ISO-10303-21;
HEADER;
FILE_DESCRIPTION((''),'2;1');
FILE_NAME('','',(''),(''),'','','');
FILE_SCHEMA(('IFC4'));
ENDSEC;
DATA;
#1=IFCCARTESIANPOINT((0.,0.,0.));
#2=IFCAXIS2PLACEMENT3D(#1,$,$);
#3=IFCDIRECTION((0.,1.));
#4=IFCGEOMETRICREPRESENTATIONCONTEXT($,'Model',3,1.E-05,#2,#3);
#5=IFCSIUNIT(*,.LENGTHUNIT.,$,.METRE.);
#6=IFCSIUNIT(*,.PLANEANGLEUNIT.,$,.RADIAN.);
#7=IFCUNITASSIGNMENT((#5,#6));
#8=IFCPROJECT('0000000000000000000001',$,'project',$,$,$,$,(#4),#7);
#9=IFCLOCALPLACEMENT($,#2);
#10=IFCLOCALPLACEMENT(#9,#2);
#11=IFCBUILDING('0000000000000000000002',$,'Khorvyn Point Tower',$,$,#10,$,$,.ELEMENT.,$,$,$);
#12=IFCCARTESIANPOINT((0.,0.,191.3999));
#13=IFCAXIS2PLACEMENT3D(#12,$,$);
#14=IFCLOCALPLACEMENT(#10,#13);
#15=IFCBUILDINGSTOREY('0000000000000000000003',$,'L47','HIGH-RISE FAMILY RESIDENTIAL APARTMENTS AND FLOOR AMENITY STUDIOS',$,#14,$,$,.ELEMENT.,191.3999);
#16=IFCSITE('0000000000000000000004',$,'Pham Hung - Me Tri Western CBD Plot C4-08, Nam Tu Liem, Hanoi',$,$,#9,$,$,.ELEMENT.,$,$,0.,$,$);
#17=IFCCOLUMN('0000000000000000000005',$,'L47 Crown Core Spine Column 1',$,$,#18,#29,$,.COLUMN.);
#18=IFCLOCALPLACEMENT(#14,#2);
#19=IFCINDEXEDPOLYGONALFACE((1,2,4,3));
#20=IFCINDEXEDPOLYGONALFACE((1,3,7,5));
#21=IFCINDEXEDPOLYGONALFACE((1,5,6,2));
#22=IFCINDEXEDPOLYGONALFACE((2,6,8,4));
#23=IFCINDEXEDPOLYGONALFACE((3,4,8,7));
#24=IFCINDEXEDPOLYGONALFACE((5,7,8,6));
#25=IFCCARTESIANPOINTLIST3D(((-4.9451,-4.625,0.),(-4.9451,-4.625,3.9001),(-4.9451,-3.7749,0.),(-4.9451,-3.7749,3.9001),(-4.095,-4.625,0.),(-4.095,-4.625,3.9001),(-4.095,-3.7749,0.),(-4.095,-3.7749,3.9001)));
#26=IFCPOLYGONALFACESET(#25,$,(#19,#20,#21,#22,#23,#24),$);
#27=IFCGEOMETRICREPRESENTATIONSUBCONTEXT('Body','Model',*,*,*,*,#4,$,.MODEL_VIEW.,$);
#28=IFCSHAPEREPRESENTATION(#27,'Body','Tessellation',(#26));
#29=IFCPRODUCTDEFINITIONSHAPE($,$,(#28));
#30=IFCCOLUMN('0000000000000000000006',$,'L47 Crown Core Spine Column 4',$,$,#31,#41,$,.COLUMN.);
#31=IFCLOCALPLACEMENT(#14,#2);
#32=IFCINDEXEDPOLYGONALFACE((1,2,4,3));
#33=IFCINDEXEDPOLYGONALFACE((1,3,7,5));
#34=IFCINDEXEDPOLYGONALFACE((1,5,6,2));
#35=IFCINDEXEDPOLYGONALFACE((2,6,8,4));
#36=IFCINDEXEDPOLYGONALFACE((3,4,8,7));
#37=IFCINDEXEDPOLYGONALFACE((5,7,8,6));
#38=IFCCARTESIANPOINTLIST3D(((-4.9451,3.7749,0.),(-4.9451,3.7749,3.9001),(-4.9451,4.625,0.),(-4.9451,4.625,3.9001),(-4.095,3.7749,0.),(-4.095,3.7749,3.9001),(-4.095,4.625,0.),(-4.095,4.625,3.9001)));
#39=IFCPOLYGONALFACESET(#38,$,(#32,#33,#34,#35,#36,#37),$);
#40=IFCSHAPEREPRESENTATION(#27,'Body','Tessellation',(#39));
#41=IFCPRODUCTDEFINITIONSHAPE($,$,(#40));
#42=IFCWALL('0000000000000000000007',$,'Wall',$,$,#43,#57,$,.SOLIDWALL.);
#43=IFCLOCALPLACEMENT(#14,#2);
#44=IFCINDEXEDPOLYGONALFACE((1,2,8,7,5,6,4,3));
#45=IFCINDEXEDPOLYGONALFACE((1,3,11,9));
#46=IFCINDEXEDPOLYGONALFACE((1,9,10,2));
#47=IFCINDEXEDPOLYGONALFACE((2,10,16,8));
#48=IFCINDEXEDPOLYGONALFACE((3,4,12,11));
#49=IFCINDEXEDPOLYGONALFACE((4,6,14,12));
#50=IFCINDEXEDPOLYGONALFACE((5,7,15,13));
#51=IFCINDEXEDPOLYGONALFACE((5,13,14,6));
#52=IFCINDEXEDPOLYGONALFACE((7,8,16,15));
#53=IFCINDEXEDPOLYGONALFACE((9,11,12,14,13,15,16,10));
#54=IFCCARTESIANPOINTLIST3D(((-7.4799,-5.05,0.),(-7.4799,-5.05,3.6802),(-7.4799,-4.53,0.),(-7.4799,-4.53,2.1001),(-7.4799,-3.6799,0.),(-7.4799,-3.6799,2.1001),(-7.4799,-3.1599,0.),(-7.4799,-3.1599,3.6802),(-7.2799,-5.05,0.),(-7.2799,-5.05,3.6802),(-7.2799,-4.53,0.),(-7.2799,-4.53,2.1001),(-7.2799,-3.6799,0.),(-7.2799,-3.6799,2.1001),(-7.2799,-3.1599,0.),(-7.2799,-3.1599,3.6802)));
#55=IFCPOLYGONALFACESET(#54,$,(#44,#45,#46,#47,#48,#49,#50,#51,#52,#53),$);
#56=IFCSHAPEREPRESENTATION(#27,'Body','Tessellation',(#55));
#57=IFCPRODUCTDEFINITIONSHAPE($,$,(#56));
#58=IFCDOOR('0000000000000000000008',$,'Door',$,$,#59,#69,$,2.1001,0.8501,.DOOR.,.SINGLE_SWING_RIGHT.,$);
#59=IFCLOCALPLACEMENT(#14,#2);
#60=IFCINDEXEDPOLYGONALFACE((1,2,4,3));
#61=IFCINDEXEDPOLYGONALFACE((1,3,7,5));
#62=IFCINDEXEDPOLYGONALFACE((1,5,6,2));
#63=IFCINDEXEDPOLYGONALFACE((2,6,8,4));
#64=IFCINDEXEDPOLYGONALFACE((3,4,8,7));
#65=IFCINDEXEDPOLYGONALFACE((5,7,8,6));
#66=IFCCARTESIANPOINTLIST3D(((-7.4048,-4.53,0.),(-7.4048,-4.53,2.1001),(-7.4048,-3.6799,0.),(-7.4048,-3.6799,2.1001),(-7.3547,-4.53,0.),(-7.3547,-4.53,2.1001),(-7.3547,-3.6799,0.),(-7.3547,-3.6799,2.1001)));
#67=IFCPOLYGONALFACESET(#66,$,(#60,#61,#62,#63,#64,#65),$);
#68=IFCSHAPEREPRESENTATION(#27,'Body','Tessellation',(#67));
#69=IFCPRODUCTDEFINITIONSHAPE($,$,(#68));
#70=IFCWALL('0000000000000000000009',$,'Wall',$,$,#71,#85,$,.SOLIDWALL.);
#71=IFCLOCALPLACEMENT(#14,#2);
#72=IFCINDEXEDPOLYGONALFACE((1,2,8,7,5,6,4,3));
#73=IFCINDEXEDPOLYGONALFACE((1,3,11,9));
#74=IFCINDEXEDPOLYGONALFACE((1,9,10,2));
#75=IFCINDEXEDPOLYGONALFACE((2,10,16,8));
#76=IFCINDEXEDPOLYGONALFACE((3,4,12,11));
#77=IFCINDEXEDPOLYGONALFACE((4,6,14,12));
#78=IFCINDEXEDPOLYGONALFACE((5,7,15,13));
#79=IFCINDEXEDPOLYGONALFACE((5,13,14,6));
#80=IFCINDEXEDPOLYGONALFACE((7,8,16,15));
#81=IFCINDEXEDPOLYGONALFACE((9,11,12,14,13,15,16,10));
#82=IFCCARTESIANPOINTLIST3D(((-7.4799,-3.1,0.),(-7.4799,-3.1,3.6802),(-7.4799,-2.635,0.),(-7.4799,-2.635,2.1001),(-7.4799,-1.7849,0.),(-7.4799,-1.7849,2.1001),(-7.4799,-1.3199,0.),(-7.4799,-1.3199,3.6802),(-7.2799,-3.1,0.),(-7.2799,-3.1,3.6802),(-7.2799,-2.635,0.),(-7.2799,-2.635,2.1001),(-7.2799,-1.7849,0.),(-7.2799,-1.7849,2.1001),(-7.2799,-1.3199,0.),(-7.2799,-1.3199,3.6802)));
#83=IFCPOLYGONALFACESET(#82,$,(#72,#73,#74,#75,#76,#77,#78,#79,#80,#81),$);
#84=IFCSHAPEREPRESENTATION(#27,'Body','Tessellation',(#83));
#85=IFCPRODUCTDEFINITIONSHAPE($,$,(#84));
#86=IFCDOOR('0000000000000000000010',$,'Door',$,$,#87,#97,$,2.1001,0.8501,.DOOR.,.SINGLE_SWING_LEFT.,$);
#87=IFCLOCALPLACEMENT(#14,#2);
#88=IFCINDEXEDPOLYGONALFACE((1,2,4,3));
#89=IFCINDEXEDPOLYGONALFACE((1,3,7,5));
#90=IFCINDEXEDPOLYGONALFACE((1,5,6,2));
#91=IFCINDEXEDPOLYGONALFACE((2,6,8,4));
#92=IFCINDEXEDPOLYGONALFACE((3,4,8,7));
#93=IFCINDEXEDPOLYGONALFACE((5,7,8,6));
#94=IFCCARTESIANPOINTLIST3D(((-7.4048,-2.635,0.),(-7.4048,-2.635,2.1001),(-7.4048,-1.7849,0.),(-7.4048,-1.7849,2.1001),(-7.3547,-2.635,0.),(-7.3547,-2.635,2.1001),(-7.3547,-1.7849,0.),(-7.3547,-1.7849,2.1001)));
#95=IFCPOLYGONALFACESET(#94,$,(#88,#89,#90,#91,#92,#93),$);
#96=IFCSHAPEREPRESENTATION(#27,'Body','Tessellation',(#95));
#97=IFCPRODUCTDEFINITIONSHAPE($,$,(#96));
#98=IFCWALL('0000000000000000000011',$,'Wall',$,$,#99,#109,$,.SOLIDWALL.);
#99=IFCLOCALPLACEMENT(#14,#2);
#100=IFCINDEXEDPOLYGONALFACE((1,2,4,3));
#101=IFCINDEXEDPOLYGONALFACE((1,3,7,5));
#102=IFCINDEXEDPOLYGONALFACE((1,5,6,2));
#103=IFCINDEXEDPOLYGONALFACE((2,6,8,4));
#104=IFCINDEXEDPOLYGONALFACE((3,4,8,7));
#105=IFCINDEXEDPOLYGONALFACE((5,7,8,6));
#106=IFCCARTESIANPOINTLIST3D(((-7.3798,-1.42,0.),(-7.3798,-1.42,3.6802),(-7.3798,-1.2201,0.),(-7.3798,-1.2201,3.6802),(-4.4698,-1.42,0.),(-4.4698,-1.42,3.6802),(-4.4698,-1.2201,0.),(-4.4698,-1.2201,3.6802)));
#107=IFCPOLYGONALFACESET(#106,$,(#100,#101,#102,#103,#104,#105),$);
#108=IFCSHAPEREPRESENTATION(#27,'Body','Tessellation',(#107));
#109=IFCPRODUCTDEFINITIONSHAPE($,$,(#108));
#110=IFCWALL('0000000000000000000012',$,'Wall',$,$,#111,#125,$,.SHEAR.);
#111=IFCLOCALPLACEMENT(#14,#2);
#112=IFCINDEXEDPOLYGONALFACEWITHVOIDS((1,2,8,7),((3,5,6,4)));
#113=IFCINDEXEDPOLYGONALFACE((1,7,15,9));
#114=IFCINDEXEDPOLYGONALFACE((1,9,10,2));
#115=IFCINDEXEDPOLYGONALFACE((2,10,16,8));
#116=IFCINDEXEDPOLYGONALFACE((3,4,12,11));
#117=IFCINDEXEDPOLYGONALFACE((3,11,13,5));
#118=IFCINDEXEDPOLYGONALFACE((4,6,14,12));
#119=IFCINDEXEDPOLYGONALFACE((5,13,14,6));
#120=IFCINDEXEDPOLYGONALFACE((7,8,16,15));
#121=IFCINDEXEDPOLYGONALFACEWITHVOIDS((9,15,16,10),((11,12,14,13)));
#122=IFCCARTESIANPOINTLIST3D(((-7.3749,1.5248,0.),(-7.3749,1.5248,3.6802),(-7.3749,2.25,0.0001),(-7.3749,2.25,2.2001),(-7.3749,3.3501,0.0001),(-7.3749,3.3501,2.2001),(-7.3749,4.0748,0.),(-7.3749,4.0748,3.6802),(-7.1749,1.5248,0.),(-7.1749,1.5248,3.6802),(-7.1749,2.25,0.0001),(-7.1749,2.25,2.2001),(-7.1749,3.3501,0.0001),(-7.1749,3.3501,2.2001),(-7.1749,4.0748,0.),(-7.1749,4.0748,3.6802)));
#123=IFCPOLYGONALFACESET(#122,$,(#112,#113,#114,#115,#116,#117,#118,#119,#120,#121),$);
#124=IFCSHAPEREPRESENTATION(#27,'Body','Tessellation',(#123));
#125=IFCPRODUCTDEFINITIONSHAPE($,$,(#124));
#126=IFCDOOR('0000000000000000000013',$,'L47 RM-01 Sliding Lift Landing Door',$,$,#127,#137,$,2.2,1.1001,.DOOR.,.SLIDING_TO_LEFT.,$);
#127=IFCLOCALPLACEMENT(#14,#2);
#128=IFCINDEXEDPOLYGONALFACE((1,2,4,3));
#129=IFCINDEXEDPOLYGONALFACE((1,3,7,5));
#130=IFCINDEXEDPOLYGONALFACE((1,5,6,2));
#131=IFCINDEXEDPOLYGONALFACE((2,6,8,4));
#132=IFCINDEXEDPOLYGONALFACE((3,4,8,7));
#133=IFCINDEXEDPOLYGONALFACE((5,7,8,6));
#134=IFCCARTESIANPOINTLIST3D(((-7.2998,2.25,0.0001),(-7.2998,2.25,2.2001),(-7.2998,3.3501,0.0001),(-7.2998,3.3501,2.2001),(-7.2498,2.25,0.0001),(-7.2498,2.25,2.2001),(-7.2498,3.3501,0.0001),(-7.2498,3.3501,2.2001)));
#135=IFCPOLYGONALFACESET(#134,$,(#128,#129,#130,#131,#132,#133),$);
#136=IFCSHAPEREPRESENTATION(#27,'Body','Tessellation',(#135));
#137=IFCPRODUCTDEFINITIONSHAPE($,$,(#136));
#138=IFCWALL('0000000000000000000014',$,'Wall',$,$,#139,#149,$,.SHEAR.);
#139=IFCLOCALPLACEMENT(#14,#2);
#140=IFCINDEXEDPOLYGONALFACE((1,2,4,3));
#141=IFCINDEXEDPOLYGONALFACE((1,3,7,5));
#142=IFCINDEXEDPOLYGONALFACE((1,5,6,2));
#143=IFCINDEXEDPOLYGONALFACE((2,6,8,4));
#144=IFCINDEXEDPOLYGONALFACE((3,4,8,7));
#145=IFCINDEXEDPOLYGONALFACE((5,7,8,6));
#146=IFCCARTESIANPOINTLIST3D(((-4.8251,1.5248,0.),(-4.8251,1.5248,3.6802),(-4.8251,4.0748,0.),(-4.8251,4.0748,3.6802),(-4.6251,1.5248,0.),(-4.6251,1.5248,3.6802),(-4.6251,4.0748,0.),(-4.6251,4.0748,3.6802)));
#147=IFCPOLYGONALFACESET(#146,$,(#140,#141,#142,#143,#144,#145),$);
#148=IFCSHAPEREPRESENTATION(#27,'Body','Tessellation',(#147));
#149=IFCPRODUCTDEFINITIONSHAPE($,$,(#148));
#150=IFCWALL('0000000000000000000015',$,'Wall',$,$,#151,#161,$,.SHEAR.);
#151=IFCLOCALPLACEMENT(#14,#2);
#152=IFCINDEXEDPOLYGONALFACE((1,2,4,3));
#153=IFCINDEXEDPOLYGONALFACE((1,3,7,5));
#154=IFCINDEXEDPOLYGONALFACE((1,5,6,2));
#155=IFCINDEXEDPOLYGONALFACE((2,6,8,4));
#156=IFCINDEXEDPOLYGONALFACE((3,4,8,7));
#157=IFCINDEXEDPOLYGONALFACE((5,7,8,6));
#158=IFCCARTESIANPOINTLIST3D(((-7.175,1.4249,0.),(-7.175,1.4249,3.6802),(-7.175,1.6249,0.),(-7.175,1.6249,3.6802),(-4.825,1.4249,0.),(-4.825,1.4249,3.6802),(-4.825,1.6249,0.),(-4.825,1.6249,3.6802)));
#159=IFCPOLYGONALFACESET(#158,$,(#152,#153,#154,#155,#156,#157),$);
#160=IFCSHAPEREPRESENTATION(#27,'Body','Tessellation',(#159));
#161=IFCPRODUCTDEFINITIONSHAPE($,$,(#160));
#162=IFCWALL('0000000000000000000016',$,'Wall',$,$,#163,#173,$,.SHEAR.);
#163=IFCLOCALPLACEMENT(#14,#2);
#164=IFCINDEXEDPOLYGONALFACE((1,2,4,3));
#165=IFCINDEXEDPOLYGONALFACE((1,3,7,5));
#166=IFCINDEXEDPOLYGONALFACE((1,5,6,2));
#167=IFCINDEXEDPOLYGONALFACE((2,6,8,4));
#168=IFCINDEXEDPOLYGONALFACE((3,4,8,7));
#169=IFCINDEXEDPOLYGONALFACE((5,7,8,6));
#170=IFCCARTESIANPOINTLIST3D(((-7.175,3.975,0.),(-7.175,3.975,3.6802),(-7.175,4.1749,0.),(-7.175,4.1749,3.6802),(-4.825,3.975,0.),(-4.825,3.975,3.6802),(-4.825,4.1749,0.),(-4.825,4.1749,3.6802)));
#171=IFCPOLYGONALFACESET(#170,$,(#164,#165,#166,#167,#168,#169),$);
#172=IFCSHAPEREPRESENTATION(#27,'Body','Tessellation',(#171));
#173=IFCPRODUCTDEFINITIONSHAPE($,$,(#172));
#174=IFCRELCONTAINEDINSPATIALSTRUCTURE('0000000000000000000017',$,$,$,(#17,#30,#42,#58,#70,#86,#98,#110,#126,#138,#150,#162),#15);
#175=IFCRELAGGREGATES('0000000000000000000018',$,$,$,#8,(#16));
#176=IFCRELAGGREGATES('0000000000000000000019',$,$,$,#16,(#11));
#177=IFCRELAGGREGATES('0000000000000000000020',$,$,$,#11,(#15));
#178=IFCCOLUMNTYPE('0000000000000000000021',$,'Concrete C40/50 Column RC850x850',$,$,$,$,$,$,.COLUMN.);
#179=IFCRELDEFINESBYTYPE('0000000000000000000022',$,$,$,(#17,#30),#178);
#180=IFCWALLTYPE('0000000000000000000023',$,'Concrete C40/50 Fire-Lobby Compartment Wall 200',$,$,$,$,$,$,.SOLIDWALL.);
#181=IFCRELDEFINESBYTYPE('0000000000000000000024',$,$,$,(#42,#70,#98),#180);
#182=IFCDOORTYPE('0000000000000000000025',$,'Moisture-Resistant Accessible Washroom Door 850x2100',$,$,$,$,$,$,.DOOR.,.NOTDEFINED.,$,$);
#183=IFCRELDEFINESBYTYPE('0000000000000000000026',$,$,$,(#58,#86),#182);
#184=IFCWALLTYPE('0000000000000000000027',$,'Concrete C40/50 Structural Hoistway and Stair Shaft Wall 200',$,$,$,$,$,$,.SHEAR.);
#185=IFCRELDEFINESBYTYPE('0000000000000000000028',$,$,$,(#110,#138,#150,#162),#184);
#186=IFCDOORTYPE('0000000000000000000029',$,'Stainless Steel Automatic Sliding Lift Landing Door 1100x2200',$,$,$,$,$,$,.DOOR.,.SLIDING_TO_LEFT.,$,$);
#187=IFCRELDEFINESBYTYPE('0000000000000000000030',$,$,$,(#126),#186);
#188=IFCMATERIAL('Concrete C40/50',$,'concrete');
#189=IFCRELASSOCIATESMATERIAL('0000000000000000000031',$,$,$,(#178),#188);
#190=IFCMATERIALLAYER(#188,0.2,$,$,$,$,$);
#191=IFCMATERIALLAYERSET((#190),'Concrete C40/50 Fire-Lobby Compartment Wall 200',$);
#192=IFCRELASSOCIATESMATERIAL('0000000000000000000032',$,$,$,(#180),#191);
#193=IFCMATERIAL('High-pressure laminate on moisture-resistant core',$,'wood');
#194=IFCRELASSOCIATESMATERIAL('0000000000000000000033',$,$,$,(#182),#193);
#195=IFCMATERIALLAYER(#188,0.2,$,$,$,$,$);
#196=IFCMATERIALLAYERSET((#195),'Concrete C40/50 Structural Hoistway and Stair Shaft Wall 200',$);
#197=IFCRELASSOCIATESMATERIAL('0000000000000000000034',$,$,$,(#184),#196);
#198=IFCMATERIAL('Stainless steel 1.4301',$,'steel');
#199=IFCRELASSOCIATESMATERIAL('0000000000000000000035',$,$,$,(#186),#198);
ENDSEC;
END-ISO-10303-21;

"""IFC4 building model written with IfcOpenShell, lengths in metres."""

from ifc_helpers import new_model, si_unit, direction, frame, frame_2d, origin, origin_2d, place, context, subcontext, project, spatial, rectangle, extrude, material, layer, layer_set, material_profile, profile_set, type_object, element, fill, save


model = new_model("IFC4")

# Units and contexts
model_context = context("Model", 3, precision=1e-05, world=origin(), true_north=direction((0.0, 1.0)))
body_context = subcontext(model_context, "Body", "Model", "MODEL_VIEW")
ifc_project = project(units=[si_unit("LENGTHUNIT", "METRE"), si_unit("PLANEANGLEUNIT", "RADIAN")], contexts=[model_context])

# Site, building, storey
site_placement = place(None, origin())
site = spatial("IfcSite", under=ifc_project, at=site_placement, Name="Pham Hung - Me Tri Western CBD Plot C4-08, Nam Tu Liem, Hanoi", CompositionType="ELEMENT", RefElevation=0.0)
building_placement = place(site_placement, origin())
building = spatial("IfcBuilding", under=site, at=building_placement, Name="Khorvyn Point Tower", CompositionType="ELEMENT")
storey_placement = place(building_placement, frame((0.0, 0.0, 191.3999)))
storey = spatial("IfcBuildingStorey", under=building, at=storey_placement, Name="L47", Description="HIGH-RISE FAMILY RESIDENTIAL APARTMENTS AND FLOOR AMENITY STUDIOS", CompositionType="ELEMENT", Elevation=191.3999)

# Columns
ifc_material_1 = material(Name="Concrete C40/50", Category="concrete")
ifc_material_profile = material_profile(ifc_material_1, rectangle(XDim=0.8501, YDim=0.8501, at=origin_2d()))
ifc_profile_set = profile_set([ifc_material_profile], Name="Concrete C40/50 RC850x850")
column_type = type_object("IfcColumnType", Name="Concrete C40/50 Column RC850x850", PredefinedType="COLUMN", material=ifc_profile_set)
for number, where, z_axis, x_axis, name in (
    (1, (-4.52, -4.2, 0.0), (0.0, 0.0, 1.0), (1.0, 0.0, 0.0), "L47 Crown Core Spine Column 1"),
    (2, (-4.52, 4.2, 0.0), (0.0, 0.0, 1.0), (1.0, 0.0, 0.0), "L47 Crown Core Spine Column 4"),
):
    element("IfcColumn", number, at=place(storey_placement, frame(where, z_axis=z_axis, x_axis=x_axis)), inside=storey, type_object=column_type, Name=name, PredefinedType="COLUMN", context=body_context, shape_type="SweptSolid", body=[
        extrude(rectangle(XDim=0.8501, YDim=0.8501, at=origin_2d()), origin(), (0.0, 0.0, 1.0), 3.9001),
    ])

# Walls, openings, doors
ifc_layer_1 = layer(ifc_material_1, 0.2)
ifc_layer_set_1 = layer_set([ifc_layer_1], Name="Concrete C40/50 Fire-Lobby Compartment Wall 200")
wall_type_1 = type_object("IfcWallType", Name="Concrete C40/50 Fire-Lobby Compartment Wall 200", PredefinedType="SOLIDWALL", material=ifc_layer_set_1)
wall_1_placement = place(storey_placement, frame((-7.3799, -5.05, 0.0), z_axis=(0.0, 0.0, 1.0), x_axis=(0.0, 1.0, 0.0)))
wall_1 = element("IfcWall", 3, at=wall_1_placement, inside=storey, type_object=wall_type_1, Name="Wall", PredefinedType="SOLIDWALL", context=body_context, shape_type="SweptSolid", body=[
    extrude(rectangle(XDim=1.8901, YDim=0.2, at=frame_2d((0.9451, 0.0))), origin(), (0.0, 0.0, 1.0), 3.6802),
])
opening_1_placement = place(wall_1_placement, frame((0.52, 0.0, 0.0)))
opening_1 = element("IfcOpeningElement", 4, at=opening_1_placement, cuts=wall_1, PredefinedType="OPENING", context=body_context, shape_type="SweptSolid", body=[
    extrude(rectangle(XDim=0.8501, YDim=2.1001, at=frame_2d((0.425, 1.05))), frame((0.0, 0.1099, 0.0), z_axis=(0.0, -1.0, 0.0), x_axis=(1.0, 0.0, 0.0)), (0.0, 0.0, 1.0), 0.22),
])
ifc_material_2 = material(Name="High-pressure laminate on moisture-resistant core", Category="wood")
door_type_1 = type_object("IfcDoorType", Name="Moisture-Resistant Accessible Washroom Door 850x2100", OperationType="NOTDEFINED", PredefinedType="DOOR", material=ifc_material_2)
door_1_placement = place(opening_1_placement, origin())
door_1 = element("IfcDoor", 5, at=door_1_placement, inside=storey, type_object=door_type_1, Name="Door", OperationType="SINGLE_SWING_RIGHT", OverallHeight=2.1001, OverallWidth=0.8501, PredefinedType="DOOR", context=body_context, shape_type="SweptSolid", body=[
    extrude(rectangle(XDim=0.8501, YDim=2.1001, at=frame_2d((0.425, 1.05))), frame((0.0, 0.0249, 0.0), z_axis=(0.0, -1.0, 0.0), x_axis=(1.0, 0.0, 0.0)), (0.0, 0.0, 1.0), 0.05),
])
fill(opening_1, door_1)
wall_2_placement = place(storey_placement, frame((-7.3799, -3.1001, 0.0), z_axis=(0.0, 0.0, 1.0), x_axis=(0.0, 1.0, 0.0)))
wall_2 = element("IfcWall", 6, at=wall_2_placement, inside=storey, type_object=wall_type_1, Name="Wall", PredefinedType="SOLIDWALL", context=body_context, shape_type="SweptSolid", body=[
    extrude(rectangle(XDim=1.78, YDim=0.2, at=frame_2d((0.8901, 0.0))), origin(), (0.0, 0.0, 1.0), 3.6802),
])
opening_2_placement = place(wall_2_placement, frame((0.4651, 0.0, 0.0)))
opening_2 = element("IfcOpeningElement", 7, at=opening_2_placement, cuts=wall_2, PredefinedType="OPENING", context=body_context, shape_type="SweptSolid", body=[
    extrude(rectangle(XDim=0.8501, YDim=2.1001, at=frame_2d((0.425, 1.05))), frame((0.0, 0.1099, 0.0), z_axis=(0.0, -1.0, 0.0), x_axis=(1.0, 0.0, 0.0)), (0.0, 0.0, 1.0), 0.22),
])
door_2_placement = place(opening_2_placement, origin())
door_2 = element("IfcDoor", 8, at=door_2_placement, inside=storey, type_object=door_type_1, Name="Door", OperationType="SINGLE_SWING_LEFT", OverallHeight=2.1001, OverallWidth=0.8501, PredefinedType="DOOR", context=body_context, shape_type="SweptSolid", body=[
    extrude(rectangle(XDim=0.8501, YDim=2.1001, at=frame_2d((0.425, 1.05))), frame((0.0, 0.0249, 0.0), z_axis=(0.0, -1.0, 0.0), x_axis=(1.0, 0.0, 0.0)), (0.0, 0.0, 1.0), 0.05),
])
fill(opening_2, door_2)

# Wall
wall_3_placement = place(storey_placement, frame((-7.3799, -1.3201, 0.0), z_axis=(0.0, 0.0, 1.0), x_axis=(1.0, 0.0, 0.0)))
element("IfcWall", 9, at=wall_3_placement, inside=storey, type_object=wall_type_1, Name="Wall", PredefinedType="SOLIDWALL", context=body_context, shape_type="SweptSolid", body=[
    extrude(rectangle(XDim=2.9099, YDim=0.2, at=frame_2d((1.4551, 0.0))), origin(), (0.0, 0.0, 1.0), 3.6802),
])

# Wall, opening, door
ifc_layer_2 = layer(ifc_material_1, 0.2)
ifc_layer_set_2 = layer_set([ifc_layer_2], Name="Concrete C40/50 Structural Hoistway and Stair Shaft Wall 200")
wall_type_2 = type_object("IfcWallType", Name="Concrete C40/50 Structural Hoistway and Stair Shaft Wall 200", PredefinedType="SHEAR", material=ifc_layer_set_2)
wall_4_placement = place(storey_placement, frame((-7.2749, 1.5249, 0.0), z_axis=(0.0, 0.0, 1.0), x_axis=(0.0, 1.0, 0.0)))
wall_4 = element("IfcWall", 10, at=wall_4_placement, inside=storey, type_object=wall_type_2, Name="Wall", PredefinedType="SHEAR", context=body_context, shape_type="SweptSolid", body=[
    extrude(rectangle(XDim=2.55, YDim=0.2, at=frame_2d((1.2749, 0.0))), origin(), (0.0, 0.0, 1.0), 3.6802),
])
opening_3_placement = place(wall_4_placement, frame((0.7251, 0.0, 0.0)))
opening_3 = element("IfcOpeningElement", 11, at=opening_3_placement, cuts=wall_4, PredefinedType="OPENING", context=body_context, shape_type="SweptSolid", body=[
    extrude(rectangle(XDim=1.1001, YDim=2.2, at=frame_2d((0.55, 1.1001))), frame((0.0, 0.1099, 0.0), z_axis=(0.0, -1.0, 0.0), x_axis=(1.0, 0.0, 0.0)), (0.0, 0.0, 1.0), 0.22),
])
ifc_material_3 = material(Name="Stainless steel 1.4301", Category="steel")
door_type_2 = type_object("IfcDoorType", Name="Stainless Steel Automatic Sliding Lift Landing Door 1100x2200", OperationType="SLIDING_TO_LEFT", PredefinedType="DOOR", material=ifc_material_3)
door_3_placement = place(opening_3_placement, origin())
door_3 = element("IfcDoor", 12, at=door_3_placement, inside=storey, type_object=door_type_2, Name="L47 RM-01 Sliding Lift Landing Door", OperationType="SLIDING_TO_LEFT", OverallHeight=2.2, OverallWidth=1.1001, PredefinedType="DOOR", context=body_context, shape_type="SweptSolid", body=[
    extrude(rectangle(XDim=1.1001, YDim=2.2, at=frame_2d((0.55, 1.1001))), frame((0.0, 0.0249, 0.0), z_axis=(0.0, -1.0, 0.0), x_axis=(1.0, 0.0, 0.0)), (0.0, 0.0, 1.0), 0.05),
])
fill(opening_3, door_3)

# Walls
wall_5_placement = place(storey_placement, frame((-4.7251, 1.5249, 0.0), z_axis=(0.0, 0.0, 1.0), x_axis=(0.0, 1.0, 0.0)))
element("IfcWall", 13, at=wall_5_placement, inside=storey, type_object=wall_type_2, Name="Wall", PredefinedType="SHEAR", context=body_context, shape_type="SweptSolid", body=[
    extrude(rectangle(XDim=2.55, YDim=0.2, at=frame_2d((1.2749, 0.0))), origin(), (0.0, 0.0, 1.0), 3.6802),
])
for number, where, z_axis, x_axis, name in (
    (14, (-7.175, 1.5249, 0.0), (0.0, 0.0, 1.0), (1.0, 0.0, 0.0), "Wall"),
    (15, (-7.175, 4.075, 0.0), (0.0, 0.0, 1.0), (1.0, 0.0, 0.0), "Wall"),
):
    element("IfcWall", number, at=place(storey_placement, frame(where, z_axis=z_axis, x_axis=x_axis)), inside=storey, type_object=wall_type_2, Name=name, PredefinedType="SHEAR", context=body_context, shape_type="SweptSolid", body=[
        extrude(rectangle(XDim=2.3501, YDim=0.2, at=frame_2d((1.175, 0.0))), origin(), (0.0, 0.0, 1.0), 3.6802),
    ])

save(model, "model.ifc")
